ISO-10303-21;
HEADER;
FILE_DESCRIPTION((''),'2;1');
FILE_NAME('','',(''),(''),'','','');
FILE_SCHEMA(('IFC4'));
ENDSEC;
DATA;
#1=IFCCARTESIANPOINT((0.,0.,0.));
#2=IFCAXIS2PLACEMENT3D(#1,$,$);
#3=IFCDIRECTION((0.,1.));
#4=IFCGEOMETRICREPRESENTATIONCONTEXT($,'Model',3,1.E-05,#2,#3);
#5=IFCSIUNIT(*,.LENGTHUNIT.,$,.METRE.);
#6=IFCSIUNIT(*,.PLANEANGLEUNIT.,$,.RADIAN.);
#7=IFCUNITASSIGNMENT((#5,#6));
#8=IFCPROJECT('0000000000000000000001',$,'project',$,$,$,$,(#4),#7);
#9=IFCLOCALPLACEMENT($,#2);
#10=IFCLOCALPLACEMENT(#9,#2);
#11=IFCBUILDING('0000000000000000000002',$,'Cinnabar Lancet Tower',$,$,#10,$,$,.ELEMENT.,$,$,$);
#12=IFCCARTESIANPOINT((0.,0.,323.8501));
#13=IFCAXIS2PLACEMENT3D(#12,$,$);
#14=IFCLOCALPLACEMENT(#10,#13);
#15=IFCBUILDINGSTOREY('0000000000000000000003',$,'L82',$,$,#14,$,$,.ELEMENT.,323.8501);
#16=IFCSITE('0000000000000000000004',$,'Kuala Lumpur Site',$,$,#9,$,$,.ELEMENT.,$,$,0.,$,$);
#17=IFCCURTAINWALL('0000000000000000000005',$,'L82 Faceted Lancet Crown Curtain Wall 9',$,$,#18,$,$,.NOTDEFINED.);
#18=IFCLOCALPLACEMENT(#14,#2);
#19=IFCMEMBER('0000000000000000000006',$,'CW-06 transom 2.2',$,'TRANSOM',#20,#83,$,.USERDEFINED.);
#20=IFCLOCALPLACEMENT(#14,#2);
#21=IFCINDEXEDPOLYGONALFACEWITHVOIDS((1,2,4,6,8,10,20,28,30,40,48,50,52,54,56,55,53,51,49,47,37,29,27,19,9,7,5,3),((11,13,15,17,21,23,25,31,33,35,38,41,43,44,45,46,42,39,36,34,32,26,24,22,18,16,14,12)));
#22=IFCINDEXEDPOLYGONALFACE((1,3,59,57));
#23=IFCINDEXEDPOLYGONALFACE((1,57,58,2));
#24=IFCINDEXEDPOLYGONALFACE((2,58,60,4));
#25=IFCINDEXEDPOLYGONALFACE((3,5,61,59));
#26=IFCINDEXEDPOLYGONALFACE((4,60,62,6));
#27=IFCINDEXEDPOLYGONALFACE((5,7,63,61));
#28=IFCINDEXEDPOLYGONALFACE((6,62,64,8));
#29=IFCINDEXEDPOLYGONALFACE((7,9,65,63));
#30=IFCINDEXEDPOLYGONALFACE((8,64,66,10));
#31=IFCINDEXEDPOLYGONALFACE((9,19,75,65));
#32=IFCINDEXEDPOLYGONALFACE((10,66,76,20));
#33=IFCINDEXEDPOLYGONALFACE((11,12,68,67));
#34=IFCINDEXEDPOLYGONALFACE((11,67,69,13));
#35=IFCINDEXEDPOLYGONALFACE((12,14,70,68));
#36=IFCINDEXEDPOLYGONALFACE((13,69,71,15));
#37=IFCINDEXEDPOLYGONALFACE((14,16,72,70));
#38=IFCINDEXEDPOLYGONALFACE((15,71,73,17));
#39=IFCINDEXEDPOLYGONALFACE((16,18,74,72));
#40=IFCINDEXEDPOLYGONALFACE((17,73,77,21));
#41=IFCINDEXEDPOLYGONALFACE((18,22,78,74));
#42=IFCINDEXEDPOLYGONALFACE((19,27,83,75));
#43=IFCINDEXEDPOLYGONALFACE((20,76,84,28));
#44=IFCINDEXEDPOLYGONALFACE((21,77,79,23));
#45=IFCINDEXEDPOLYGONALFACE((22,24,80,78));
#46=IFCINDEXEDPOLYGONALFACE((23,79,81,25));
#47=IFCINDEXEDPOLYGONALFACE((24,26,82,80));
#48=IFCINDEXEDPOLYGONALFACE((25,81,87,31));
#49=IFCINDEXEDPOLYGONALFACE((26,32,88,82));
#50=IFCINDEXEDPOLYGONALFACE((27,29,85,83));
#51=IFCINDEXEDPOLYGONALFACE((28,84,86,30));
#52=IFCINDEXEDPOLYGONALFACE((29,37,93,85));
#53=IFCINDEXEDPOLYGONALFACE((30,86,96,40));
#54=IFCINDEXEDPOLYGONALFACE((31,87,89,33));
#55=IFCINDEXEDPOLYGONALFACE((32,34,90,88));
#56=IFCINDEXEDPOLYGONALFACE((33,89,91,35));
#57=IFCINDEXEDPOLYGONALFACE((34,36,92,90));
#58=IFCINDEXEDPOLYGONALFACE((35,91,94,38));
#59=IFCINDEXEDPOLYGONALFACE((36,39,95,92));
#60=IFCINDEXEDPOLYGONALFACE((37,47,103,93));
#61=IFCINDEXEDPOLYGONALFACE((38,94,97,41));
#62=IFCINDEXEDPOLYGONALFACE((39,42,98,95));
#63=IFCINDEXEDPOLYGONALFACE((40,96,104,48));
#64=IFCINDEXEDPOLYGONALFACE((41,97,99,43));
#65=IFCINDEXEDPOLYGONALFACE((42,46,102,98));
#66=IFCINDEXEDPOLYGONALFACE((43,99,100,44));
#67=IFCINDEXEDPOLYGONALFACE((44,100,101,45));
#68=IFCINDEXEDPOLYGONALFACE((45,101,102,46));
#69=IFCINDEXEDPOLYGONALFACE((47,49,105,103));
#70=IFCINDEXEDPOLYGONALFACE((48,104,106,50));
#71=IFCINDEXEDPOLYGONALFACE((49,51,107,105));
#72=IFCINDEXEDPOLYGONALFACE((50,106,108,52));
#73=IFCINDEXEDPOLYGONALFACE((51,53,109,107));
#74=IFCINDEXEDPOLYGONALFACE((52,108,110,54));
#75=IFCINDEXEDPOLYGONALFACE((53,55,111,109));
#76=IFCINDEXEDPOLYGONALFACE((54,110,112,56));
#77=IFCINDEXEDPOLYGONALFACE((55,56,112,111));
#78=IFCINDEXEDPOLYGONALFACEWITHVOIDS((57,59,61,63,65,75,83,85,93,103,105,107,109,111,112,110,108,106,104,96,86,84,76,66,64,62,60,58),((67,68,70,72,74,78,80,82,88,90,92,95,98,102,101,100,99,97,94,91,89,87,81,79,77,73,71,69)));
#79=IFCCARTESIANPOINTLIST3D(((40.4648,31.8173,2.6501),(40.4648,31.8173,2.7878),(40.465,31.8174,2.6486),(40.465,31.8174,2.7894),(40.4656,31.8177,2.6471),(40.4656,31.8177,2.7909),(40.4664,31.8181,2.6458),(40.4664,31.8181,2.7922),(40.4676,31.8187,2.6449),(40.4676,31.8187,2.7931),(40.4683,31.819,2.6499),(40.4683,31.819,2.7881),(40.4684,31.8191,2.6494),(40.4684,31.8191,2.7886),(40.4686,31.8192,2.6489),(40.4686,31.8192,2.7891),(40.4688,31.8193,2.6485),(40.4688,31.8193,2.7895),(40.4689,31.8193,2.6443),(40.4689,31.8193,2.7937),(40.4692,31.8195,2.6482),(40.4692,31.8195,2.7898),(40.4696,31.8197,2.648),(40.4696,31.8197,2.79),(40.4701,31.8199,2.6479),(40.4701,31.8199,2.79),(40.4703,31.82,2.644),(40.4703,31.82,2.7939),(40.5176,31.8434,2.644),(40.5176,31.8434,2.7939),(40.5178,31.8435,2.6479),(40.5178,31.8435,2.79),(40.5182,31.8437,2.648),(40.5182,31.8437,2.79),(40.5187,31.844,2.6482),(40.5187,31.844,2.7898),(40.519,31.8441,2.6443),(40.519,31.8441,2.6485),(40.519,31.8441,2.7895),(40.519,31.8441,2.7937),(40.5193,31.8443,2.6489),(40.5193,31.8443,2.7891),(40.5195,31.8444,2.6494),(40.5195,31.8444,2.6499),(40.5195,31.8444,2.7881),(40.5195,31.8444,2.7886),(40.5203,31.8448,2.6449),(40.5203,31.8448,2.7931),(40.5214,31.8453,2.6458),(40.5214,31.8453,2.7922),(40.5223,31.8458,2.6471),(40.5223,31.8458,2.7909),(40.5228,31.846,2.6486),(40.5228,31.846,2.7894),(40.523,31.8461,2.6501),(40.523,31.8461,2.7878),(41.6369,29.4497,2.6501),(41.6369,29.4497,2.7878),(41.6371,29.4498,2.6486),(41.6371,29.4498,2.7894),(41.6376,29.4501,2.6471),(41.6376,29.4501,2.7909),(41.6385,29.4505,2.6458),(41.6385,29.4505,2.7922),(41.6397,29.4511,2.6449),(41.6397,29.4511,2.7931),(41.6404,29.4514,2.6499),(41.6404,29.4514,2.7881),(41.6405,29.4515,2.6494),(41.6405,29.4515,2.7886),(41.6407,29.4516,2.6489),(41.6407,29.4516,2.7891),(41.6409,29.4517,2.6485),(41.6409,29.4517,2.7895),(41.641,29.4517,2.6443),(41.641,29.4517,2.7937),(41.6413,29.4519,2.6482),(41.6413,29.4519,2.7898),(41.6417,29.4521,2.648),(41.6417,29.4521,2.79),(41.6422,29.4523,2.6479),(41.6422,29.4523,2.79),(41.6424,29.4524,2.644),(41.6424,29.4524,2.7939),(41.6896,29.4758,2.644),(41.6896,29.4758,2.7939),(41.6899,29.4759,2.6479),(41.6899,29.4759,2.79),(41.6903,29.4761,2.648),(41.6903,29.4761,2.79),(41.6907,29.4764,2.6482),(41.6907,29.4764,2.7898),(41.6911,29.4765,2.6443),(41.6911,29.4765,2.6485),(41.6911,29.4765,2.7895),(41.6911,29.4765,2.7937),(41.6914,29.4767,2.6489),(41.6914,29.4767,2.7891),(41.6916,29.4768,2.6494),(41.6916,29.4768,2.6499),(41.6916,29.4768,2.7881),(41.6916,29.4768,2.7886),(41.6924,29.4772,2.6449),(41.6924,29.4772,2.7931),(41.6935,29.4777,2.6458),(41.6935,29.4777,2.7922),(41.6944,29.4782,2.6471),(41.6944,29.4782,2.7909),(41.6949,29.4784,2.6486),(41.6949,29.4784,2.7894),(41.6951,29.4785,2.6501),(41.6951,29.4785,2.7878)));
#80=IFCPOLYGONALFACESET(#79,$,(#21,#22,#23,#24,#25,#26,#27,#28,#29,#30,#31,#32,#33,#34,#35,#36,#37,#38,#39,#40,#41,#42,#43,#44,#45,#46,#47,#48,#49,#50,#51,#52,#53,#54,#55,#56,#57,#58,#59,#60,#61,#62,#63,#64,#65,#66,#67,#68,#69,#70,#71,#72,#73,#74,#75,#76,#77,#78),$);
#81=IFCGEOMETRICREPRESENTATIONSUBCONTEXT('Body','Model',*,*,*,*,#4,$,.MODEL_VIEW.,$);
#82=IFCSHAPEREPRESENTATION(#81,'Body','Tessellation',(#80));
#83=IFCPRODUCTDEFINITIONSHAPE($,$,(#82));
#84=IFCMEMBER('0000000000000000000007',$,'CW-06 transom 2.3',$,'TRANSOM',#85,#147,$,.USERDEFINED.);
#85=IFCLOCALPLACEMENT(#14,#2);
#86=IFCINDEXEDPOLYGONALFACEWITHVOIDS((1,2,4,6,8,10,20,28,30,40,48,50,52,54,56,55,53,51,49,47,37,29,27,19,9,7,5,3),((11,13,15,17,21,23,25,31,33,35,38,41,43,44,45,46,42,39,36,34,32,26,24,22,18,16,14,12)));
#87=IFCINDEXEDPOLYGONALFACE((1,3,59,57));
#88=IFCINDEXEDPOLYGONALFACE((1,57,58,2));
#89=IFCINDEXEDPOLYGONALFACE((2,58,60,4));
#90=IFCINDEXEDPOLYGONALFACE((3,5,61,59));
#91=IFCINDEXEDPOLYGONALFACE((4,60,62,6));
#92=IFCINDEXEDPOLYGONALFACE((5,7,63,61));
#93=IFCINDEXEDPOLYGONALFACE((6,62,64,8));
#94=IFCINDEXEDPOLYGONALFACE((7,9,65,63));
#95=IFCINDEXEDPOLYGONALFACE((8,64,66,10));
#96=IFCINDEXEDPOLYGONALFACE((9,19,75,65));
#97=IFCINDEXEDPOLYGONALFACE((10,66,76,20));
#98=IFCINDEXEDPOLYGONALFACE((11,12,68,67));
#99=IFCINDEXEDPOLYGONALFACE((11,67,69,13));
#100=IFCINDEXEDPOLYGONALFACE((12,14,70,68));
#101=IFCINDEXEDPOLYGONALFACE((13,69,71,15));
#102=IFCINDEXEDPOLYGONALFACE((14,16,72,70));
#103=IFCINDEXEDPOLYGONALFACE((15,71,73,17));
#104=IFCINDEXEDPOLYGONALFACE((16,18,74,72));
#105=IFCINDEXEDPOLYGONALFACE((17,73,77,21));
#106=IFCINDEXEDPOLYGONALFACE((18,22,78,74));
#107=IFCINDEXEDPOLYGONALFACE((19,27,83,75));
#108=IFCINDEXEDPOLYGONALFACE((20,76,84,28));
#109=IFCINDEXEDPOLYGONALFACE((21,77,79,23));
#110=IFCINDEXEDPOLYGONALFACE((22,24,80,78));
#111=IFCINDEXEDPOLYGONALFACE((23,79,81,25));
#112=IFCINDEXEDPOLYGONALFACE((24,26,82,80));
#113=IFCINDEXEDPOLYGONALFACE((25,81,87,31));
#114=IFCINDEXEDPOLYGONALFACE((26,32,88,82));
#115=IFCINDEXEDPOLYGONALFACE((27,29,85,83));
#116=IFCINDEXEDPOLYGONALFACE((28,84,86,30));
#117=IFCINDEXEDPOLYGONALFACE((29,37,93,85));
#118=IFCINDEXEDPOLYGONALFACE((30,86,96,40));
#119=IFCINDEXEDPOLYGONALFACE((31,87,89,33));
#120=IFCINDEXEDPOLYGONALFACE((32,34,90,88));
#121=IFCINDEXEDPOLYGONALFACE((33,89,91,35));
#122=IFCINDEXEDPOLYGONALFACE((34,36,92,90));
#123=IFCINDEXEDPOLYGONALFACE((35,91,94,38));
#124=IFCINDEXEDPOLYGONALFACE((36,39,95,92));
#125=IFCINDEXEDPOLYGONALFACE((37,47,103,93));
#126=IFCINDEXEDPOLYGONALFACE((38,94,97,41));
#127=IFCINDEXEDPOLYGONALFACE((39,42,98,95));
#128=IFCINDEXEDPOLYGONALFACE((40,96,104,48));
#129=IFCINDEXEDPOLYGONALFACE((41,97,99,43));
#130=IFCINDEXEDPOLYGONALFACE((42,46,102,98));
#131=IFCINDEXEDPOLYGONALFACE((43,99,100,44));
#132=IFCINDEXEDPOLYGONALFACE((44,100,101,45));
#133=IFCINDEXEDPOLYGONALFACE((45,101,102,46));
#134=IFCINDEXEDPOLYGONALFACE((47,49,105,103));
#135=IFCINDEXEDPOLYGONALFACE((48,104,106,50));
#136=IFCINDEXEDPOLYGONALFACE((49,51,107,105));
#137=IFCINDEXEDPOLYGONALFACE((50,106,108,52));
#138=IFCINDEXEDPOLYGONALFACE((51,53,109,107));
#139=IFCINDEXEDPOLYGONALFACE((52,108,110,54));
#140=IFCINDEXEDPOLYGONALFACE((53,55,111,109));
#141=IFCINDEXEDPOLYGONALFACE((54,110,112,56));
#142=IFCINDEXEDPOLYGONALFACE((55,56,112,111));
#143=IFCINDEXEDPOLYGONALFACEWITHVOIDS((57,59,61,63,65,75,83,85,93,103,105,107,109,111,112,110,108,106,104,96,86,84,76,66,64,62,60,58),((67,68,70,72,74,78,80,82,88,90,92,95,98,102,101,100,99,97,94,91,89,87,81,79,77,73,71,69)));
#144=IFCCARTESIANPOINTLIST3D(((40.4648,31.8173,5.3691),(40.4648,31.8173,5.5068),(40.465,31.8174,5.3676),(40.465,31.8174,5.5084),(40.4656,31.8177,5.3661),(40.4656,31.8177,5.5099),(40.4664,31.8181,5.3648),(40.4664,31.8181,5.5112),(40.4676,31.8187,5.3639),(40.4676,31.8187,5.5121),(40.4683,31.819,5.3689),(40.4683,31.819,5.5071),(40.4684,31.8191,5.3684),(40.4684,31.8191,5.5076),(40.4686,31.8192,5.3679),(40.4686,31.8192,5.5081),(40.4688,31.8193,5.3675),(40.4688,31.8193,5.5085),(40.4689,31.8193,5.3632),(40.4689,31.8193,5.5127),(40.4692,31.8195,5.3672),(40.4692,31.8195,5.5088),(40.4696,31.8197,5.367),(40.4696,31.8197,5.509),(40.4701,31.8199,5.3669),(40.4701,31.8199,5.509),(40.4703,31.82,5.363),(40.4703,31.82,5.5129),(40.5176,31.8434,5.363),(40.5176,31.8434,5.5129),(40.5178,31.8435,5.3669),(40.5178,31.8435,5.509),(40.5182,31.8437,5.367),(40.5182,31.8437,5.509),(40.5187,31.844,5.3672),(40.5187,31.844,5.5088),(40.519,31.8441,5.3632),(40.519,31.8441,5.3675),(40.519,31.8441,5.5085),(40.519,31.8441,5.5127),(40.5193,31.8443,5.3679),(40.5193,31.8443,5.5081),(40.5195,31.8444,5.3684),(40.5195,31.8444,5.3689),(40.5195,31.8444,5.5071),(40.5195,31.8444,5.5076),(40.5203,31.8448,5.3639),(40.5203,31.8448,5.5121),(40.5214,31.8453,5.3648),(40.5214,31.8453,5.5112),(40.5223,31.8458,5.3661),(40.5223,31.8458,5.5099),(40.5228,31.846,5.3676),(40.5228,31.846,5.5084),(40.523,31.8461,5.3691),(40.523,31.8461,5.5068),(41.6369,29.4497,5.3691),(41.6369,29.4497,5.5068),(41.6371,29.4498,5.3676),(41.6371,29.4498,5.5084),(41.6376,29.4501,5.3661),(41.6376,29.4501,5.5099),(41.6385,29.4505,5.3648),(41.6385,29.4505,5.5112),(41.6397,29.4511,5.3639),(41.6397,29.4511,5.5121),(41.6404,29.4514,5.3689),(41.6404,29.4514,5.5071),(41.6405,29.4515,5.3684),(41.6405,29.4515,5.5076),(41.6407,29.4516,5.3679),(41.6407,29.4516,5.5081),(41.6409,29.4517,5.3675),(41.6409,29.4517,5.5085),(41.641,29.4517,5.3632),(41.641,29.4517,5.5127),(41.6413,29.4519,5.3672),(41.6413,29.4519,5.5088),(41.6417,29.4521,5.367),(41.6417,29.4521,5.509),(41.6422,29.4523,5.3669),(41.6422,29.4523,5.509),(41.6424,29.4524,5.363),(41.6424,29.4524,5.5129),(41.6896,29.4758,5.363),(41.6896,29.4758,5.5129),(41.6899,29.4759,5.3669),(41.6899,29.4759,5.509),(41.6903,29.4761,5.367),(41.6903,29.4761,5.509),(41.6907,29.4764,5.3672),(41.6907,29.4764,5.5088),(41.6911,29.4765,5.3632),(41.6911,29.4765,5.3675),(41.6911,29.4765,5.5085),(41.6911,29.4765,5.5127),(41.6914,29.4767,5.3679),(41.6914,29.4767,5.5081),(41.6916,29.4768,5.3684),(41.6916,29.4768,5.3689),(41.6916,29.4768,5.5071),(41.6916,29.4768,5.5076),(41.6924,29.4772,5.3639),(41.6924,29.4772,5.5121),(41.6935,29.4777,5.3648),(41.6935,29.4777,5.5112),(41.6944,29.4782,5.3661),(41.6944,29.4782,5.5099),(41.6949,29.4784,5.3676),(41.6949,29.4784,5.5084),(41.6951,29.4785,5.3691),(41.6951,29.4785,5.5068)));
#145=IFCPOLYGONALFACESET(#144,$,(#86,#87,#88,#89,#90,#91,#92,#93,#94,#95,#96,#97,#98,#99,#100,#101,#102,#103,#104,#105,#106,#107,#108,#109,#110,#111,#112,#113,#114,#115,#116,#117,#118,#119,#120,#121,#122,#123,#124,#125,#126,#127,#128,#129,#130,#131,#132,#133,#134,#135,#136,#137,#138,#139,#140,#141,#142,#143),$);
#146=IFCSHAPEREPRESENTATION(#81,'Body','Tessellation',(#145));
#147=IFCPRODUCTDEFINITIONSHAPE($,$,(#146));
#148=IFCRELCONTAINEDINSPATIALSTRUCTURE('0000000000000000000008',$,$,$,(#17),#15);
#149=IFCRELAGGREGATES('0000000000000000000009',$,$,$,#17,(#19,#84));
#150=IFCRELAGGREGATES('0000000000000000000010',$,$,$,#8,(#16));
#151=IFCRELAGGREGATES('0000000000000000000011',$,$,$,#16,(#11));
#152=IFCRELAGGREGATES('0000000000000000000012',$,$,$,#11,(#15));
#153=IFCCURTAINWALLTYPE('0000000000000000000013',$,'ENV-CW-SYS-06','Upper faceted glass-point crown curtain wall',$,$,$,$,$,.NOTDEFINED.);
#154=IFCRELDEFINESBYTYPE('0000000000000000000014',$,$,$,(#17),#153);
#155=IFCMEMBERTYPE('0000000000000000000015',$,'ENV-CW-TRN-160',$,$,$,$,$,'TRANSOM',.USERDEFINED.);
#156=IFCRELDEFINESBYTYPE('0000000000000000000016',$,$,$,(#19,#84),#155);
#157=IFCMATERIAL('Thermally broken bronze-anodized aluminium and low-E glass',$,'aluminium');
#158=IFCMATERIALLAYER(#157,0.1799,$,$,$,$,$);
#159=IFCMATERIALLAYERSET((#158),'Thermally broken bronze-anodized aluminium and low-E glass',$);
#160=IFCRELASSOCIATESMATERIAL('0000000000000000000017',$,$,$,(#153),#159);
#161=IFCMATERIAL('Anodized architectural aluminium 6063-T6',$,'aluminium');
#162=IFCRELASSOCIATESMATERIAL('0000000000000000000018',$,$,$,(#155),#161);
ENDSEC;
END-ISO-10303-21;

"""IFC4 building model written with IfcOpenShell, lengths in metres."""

from ifc_helpers import new_model, si_unit, direction, frame, origin, origin_2d, place, context, subcontext, project, spatial, hollow_rectangle, extrude, material, layer, layer_set, material_profile, profile_set, type_object, element, aggregate, save


model = new_model("IFC4")

# Units and contexts
model_context = context("Model", 3, precision=1e-05, world=origin(), true_north=direction((0.0, 1.0)))
body_context = subcontext(model_context, "Body", "Model", "MODEL_VIEW")
ifc_project = project(units=[si_unit("LENGTHUNIT", "METRE"), si_unit("PLANEANGLEUNIT", "RADIAN")], contexts=[model_context])

# Site, building, storey
site_placement = place(None, origin())
site = spatial("IfcSite", under=ifc_project, at=site_placement, Name="Kuala Lumpur Site", CompositionType="ELEMENT", RefElevation=0.0)
building_placement = place(site_placement, origin())
building = spatial("IfcBuilding", under=site, at=building_placement, Name="Cinnabar Lancet Tower", CompositionType="ELEMENT")
storey_placement = place(building_placement, frame((0.0, 0.0, 323.8501)))
storey = spatial("IfcBuildingStorey", under=building, at=storey_placement, Name="L82", CompositionType="ELEMENT", Elevation=323.8501)

# Curtain wall
ifc_material_1 = material(Name="Thermally broken bronze-anodized aluminium and low-E glass", Category="aluminium")
ifc_layer_1 = layer(ifc_material_1, 0.1799)
ifc_layer_set_1 = layer_set([ifc_layer_1], Name="Thermally broken bronze-anodized aluminium and low-E glass")
curtain_wall_type = type_object("IfcCurtainWallType", Name="ENV-CW-SYS-06", Description="Upper faceted glass-point crown curtain wall", PredefinedType="NOTDEFINED", material=ifc_layer_set_1)
curtain_wall_1_placement = place(storey_placement, origin())
curtain_wall_1 = element("IfcCurtainWall", 1, at=curtain_wall_1_placement, inside=storey, type_object=curtain_wall_type, Name="L82 Faceted Lancet Crown Curtain Wall 9", PredefinedType="NOTDEFINED")

# Members
ifc_material_2 = material(Name="Anodized architectural aluminium 6063-T6", Category="aluminium")
ifc_material_profile_1 = material_profile(ifc_material_2, hollow_rectangle(XDim=0.0649, YDim=0.1499, WallThickness=0.0039, InnerFilletRadius=0.002, OuterFilletRadius=0.0061, at=origin_2d()), Name="CW-TRN 150x65x4")
ifc_profile_set_1 = profile_set([ifc_material_profile_1], Name="Anodized architectural aluminium 6063-T6")
member_type_1 = type_object("IfcMemberType", Name="ENV-CW-TRN-160", ElementType="TRANSOM", PredefinedType="USERDEFINED", material=ifc_profile_set_1)
member_1_placement = place(storey_placement, frame((41.666, 29.4641, 2.719), z_axis=(-0.443662, 0.896194, 0.0), x_axis=(-0.896194, -0.443662, 0.0)))
member_1 = element("IfcMember", 2, at=member_1_placement, type_object=member_type_1, Name="CW-06 transom 2.2", ObjectType="TRANSOM", PredefinedType="USERDEFINED", context=body_context, shape_type="SweptSolid", body=[
    extrude(hollow_rectangle(XDim=0.0649, YDim=0.1499, WallThickness=0.0039, InnerFilletRadius=0.002, OuterFilletRadius=0.0061, at=origin_2d()), origin(), (0.0, 0.0, 1.0), 2.6418),
])
member_2_placement = place(storey_placement, frame((41.666, 29.4641, 5.438), z_axis=(-0.443662, 0.896194, 0.0), x_axis=(-0.896194, -0.443662, 0.0)))
member_2 = element("IfcMember", 3, at=member_2_placement, type_object=member_type_1, Name="CW-06 transom 2.3", ObjectType="TRANSOM", PredefinedType="USERDEFINED", context=body_context, shape_type="SweptSolid", body=[
    extrude(hollow_rectangle(XDim=0.0649, YDim=0.1499, WallThickness=0.0039, InnerFilletRadius=0.002, OuterFilletRadius=0.0061, at=origin_2d()), origin(), (0.0, 0.0, 1.0), 2.6418),
])

aggregate(curtain_wall_1, [member_1, member_2])

save(model, "model.ifc")
